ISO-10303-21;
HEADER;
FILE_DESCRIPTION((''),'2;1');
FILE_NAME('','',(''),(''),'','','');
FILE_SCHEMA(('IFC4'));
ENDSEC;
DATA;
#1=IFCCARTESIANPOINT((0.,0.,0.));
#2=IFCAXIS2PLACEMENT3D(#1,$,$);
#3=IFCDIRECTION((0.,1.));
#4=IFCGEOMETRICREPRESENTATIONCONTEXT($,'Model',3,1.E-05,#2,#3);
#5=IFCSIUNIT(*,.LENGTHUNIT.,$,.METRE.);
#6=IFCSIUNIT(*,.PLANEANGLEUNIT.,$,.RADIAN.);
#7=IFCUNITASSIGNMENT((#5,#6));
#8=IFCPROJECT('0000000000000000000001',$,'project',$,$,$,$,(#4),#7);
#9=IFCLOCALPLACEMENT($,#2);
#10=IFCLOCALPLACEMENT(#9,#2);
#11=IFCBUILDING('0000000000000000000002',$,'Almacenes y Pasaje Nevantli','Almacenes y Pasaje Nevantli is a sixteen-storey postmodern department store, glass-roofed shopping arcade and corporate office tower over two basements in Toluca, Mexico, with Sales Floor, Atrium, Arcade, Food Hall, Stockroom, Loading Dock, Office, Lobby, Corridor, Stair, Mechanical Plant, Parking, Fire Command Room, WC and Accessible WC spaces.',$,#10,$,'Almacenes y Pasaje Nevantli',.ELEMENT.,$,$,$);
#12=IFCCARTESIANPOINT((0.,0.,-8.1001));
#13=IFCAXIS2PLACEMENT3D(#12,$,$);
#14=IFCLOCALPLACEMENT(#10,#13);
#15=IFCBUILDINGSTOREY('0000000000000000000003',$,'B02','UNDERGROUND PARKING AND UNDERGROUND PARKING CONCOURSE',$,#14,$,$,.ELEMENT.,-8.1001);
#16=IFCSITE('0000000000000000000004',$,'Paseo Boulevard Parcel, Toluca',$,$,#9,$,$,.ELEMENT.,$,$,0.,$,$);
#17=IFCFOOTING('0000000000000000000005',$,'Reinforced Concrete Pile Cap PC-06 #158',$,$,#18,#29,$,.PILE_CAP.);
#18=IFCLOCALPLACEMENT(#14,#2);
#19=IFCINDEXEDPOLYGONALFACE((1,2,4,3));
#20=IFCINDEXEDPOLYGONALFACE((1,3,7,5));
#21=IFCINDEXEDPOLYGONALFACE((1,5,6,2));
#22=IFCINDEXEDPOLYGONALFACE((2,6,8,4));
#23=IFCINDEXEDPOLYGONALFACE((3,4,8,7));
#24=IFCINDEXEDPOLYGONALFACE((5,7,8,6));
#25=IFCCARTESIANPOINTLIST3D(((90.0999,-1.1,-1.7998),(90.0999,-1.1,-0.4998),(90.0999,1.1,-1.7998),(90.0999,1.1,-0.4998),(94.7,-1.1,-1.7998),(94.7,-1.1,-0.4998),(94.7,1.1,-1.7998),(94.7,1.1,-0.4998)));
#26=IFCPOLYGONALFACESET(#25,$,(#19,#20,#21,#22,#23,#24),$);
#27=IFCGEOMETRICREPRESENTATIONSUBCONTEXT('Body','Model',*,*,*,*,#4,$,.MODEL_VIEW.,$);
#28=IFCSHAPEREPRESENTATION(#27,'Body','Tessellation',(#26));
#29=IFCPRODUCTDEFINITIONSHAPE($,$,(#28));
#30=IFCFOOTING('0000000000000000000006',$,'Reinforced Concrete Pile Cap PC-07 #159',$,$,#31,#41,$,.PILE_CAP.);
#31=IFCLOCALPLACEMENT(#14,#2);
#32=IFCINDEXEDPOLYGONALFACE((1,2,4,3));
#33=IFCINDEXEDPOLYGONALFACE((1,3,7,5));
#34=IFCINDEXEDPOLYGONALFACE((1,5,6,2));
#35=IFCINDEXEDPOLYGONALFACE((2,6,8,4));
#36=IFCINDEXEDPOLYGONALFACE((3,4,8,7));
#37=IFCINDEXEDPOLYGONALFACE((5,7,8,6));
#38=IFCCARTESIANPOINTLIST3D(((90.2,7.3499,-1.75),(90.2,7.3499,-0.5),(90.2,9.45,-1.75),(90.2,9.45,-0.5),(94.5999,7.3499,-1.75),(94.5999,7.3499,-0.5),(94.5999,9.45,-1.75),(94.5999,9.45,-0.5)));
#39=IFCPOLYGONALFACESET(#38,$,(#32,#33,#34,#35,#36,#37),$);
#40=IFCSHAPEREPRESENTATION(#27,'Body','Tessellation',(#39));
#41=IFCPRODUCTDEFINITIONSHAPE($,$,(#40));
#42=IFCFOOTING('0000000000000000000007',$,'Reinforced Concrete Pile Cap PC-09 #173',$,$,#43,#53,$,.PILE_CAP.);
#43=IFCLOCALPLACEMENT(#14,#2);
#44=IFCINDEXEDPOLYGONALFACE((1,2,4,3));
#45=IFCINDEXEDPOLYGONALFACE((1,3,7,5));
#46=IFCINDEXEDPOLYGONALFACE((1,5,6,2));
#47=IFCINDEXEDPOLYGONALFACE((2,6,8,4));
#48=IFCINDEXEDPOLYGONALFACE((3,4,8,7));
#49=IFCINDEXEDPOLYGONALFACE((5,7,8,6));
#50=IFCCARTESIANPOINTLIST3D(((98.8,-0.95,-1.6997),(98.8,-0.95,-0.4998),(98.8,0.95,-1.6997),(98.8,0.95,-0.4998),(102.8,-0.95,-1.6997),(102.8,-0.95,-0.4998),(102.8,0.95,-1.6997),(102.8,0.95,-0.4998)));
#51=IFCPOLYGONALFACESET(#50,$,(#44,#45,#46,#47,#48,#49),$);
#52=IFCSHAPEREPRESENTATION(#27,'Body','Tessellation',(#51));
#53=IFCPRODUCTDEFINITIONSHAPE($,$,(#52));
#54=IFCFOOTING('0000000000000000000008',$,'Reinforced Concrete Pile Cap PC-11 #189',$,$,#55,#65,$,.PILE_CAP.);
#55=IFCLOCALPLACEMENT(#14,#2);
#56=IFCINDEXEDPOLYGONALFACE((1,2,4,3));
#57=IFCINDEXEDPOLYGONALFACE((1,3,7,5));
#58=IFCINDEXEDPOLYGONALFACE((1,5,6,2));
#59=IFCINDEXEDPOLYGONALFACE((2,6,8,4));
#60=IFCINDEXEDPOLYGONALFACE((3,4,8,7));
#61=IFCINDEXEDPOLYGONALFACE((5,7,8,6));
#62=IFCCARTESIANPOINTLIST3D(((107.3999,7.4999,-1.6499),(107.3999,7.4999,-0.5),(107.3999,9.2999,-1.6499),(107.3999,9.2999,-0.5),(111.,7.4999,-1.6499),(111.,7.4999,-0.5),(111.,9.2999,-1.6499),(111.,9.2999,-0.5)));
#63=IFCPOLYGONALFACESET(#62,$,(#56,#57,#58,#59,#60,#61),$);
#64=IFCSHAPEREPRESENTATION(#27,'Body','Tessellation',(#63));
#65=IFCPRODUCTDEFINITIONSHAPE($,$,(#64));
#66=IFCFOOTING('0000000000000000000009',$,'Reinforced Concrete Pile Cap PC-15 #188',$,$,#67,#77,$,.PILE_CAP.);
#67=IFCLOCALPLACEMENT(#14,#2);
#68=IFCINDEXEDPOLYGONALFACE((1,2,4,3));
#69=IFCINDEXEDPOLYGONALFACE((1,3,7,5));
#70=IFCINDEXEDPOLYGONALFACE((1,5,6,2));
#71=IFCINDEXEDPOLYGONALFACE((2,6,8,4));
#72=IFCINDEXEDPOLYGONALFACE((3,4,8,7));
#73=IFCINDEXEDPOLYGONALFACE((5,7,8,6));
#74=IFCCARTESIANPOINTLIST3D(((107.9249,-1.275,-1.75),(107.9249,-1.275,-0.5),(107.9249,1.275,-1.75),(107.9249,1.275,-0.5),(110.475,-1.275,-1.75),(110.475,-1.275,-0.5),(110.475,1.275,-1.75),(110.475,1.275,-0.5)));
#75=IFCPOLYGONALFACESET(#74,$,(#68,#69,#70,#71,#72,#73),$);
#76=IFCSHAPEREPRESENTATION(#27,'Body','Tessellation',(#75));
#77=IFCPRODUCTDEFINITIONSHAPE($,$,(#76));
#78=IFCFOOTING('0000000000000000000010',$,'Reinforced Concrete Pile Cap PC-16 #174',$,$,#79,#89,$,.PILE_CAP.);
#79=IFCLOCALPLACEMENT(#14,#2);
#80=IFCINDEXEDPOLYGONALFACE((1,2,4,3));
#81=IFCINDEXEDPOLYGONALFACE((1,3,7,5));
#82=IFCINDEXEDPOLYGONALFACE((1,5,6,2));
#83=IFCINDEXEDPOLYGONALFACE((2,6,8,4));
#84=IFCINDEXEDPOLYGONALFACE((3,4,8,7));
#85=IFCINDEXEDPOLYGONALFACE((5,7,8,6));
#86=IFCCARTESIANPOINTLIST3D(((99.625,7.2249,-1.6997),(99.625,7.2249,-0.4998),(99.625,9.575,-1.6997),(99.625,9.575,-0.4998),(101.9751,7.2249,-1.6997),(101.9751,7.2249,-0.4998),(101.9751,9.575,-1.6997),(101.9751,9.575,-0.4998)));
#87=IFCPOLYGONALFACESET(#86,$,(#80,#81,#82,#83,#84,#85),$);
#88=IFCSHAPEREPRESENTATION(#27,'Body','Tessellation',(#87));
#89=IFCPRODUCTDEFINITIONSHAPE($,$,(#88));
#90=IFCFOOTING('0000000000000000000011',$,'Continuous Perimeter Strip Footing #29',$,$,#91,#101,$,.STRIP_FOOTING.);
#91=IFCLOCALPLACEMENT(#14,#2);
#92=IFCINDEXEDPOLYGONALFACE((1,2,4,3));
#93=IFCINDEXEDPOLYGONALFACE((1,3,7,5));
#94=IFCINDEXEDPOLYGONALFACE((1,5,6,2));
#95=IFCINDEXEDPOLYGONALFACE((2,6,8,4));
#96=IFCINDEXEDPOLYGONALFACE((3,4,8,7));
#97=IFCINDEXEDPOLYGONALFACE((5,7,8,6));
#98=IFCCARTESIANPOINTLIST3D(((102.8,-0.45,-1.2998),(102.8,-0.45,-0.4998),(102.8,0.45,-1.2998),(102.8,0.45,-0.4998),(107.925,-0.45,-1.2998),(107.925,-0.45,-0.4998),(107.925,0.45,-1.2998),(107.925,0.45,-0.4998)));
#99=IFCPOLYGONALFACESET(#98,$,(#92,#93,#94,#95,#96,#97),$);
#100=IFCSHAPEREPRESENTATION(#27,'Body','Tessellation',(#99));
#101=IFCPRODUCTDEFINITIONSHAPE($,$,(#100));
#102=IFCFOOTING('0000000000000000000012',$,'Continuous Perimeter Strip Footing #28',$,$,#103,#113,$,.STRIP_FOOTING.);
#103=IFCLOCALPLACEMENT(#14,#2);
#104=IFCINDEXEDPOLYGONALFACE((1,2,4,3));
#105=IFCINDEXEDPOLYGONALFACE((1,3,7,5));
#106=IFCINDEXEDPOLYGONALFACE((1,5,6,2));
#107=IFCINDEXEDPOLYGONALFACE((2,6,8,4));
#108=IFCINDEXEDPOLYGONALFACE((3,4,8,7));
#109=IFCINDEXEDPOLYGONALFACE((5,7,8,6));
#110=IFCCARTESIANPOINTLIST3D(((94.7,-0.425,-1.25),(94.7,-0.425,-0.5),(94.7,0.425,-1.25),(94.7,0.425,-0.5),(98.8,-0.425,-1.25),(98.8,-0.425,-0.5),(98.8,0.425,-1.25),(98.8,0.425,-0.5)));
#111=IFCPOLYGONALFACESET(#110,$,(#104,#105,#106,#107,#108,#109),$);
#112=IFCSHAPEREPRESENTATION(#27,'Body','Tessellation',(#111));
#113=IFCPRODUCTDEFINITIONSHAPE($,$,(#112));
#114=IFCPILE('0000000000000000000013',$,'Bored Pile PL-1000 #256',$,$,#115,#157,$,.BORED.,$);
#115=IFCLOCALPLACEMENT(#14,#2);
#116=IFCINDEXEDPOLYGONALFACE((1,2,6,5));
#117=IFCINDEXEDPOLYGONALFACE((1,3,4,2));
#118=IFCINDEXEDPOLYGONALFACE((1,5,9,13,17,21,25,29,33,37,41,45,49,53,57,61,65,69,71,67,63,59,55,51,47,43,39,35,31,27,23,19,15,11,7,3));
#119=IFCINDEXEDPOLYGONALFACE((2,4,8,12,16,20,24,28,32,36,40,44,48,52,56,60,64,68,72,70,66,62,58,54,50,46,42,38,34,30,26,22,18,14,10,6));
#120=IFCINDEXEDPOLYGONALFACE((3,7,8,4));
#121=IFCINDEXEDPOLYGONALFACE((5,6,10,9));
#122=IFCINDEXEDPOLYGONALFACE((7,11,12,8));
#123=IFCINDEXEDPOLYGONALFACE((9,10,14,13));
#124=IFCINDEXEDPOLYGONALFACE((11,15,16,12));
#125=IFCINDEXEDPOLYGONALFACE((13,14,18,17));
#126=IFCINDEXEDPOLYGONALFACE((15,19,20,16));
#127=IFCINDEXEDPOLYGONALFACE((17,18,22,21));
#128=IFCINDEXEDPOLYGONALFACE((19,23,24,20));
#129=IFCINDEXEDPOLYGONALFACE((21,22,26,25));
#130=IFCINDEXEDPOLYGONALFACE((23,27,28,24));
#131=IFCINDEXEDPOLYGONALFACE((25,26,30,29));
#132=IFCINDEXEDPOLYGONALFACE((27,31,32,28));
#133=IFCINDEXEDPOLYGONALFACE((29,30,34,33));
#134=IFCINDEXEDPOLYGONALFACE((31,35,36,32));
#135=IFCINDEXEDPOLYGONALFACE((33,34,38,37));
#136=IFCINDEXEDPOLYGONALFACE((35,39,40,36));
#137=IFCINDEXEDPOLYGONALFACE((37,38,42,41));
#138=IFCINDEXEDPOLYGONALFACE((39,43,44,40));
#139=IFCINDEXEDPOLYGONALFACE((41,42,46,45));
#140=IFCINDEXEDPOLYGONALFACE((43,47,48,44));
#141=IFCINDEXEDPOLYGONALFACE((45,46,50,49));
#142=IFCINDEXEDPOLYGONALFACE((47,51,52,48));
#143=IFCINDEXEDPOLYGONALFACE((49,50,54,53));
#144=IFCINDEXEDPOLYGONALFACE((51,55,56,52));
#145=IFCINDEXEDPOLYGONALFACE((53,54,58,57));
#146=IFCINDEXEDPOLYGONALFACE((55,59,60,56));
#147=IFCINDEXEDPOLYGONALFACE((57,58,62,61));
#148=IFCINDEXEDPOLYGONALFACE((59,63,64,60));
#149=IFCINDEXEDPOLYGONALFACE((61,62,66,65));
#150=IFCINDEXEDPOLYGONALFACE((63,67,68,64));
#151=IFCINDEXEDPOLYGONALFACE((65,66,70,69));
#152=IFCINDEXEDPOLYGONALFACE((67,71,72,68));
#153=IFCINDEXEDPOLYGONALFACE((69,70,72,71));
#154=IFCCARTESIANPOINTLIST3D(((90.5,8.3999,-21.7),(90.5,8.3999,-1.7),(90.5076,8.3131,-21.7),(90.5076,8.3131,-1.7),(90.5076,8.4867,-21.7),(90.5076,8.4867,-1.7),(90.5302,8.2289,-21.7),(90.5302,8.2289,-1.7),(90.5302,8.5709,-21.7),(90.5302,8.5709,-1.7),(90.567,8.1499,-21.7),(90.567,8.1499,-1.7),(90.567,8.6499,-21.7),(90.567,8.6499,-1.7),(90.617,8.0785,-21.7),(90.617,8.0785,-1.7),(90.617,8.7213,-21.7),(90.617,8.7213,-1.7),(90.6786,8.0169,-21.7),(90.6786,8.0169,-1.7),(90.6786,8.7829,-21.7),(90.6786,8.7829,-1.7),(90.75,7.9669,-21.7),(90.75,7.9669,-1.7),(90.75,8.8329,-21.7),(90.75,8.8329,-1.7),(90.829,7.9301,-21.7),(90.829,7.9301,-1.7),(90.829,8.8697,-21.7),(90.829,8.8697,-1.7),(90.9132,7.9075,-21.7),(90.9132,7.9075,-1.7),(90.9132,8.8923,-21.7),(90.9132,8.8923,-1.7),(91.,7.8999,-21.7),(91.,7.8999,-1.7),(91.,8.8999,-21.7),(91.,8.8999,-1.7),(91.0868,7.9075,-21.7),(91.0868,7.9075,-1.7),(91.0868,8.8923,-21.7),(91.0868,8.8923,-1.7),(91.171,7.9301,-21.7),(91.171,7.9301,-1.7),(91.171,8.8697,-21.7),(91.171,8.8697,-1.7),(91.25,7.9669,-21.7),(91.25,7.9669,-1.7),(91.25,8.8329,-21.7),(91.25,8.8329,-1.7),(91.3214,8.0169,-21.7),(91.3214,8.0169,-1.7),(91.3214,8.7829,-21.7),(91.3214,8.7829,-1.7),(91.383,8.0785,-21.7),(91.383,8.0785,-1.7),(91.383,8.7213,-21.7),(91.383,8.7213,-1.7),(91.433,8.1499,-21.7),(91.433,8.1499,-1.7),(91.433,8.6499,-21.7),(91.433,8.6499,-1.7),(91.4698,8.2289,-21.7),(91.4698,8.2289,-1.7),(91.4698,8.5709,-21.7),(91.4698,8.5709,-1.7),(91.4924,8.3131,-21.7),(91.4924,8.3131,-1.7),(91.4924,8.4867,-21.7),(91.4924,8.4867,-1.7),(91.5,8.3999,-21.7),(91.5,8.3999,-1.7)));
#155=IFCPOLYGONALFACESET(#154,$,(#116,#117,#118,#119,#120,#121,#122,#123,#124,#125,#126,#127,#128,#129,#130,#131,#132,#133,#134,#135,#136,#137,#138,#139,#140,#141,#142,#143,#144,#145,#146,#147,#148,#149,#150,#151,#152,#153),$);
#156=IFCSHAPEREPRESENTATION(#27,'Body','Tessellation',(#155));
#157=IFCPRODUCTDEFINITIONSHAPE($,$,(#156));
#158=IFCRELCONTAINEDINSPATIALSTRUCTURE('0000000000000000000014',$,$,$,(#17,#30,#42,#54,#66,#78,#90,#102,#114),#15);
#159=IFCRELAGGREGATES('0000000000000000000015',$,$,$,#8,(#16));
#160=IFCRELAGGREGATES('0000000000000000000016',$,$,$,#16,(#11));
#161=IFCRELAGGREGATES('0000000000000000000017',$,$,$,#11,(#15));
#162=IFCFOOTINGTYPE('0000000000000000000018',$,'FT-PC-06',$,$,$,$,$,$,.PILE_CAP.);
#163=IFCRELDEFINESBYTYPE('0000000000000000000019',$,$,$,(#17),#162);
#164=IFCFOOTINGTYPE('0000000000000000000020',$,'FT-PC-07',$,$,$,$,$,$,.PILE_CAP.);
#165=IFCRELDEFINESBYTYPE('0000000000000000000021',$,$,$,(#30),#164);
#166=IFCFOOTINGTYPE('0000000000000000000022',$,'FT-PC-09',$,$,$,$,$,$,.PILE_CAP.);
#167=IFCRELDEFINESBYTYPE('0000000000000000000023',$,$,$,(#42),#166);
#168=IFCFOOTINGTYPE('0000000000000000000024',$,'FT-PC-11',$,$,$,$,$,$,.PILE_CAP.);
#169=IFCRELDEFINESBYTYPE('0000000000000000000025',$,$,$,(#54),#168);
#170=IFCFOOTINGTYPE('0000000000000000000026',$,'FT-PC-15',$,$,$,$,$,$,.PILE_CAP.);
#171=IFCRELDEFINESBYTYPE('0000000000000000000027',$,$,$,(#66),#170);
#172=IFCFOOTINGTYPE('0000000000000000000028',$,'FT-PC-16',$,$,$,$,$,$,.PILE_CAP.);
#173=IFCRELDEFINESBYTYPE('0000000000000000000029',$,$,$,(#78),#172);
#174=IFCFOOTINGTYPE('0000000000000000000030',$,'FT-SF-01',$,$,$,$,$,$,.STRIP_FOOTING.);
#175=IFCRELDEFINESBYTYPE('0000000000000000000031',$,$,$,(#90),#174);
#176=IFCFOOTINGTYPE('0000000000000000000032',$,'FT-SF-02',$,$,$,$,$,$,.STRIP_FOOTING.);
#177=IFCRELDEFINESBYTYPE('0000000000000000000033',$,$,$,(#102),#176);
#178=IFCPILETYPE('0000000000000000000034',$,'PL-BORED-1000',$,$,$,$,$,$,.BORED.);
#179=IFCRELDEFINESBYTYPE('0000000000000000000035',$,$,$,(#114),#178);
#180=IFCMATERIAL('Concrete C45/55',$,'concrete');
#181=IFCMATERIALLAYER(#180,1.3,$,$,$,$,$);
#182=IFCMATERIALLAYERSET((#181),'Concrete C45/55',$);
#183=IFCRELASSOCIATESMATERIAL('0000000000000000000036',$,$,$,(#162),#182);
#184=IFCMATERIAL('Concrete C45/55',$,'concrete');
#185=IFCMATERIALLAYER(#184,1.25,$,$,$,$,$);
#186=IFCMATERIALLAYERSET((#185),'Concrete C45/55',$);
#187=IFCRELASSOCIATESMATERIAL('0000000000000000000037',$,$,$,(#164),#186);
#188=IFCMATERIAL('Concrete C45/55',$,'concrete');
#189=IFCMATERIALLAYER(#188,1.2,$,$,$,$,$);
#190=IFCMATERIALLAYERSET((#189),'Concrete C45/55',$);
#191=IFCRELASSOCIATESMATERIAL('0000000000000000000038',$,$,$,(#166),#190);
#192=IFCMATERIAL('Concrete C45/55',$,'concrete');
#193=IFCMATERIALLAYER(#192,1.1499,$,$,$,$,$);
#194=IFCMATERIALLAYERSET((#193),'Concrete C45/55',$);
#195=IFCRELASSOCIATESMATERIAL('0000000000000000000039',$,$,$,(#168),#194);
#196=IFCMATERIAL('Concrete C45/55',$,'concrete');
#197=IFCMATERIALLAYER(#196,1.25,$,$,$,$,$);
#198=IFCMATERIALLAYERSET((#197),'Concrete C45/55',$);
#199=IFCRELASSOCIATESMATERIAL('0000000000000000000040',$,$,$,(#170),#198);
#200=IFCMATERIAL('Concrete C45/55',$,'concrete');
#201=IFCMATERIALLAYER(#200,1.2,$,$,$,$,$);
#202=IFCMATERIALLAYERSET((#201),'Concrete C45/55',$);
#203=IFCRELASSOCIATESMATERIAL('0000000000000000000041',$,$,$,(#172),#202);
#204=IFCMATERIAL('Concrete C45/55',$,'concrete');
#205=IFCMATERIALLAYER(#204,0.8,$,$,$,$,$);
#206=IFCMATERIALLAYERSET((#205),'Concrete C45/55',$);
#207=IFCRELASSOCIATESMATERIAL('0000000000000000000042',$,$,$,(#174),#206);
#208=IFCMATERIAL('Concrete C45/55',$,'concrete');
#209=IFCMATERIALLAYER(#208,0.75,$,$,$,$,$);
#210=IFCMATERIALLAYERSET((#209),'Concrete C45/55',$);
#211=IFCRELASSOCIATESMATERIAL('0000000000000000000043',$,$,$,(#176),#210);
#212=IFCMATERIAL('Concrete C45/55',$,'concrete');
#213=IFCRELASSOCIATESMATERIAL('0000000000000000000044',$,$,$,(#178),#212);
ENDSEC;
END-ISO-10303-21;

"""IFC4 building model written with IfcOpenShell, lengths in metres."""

from ifc_helpers import new_model, si_unit, direction, frame, origin, origin_2d, place, context, subcontext, project, spatial, rectangle, circle, extrude, material, layer, layer_set, material_profile, profile_set, type_object, element, save


model = new_model("IFC4")

# Units and contexts
model_context = context("Model", 3, precision=1e-05, world=origin(), true_north=direction((0.0, 1.0)))
body_context = subcontext(model_context, "Body", "Model", "MODEL_VIEW")
ifc_project = project(units=[si_unit("LENGTHUNIT", "METRE"), si_unit("PLANEANGLEUNIT", "RADIAN")], contexts=[model_context])

# Site, building, storey
site_placement = place(None, origin())
site = spatial("IfcSite", under=ifc_project, at=site_placement, Name="Paseo Boulevard Parcel, Toluca", CompositionType="ELEMENT", RefElevation=0.0)
building_placement = place(site_placement, origin())
building = spatial("IfcBuilding", under=site, at=building_placement, Name="Almacenes y Pasaje Nevantli", Description="Almacenes y Pasaje Nevantli is a sixteen-storey postmodern department store, glass-roofed shopping arcade and corporate office tower over two basements in Toluca, Mexico, with Sales Floor, Atrium, Arcade, Food Hall, Stockroom, Loading Dock, Office, Lobby, Corridor, Stair, Mechanical Plant, Parking, Fire Command Room, WC and Accessible WC spaces.", LongName="Almacenes y Pasaje Nevantli", CompositionType="ELEMENT")
storey_placement = place(building_placement, frame((0.0, 0.0, -8.1001)))
storey = spatial("IfcBuildingStorey", under=building, at=storey_placement, Name="B02", Description="UNDERGROUND PARKING AND UNDERGROUND PARKING CONCOURSE", CompositionType="ELEMENT", Elevation=-8.1001)

# Footings
ifc_material_1 = material(Name="Concrete C45/55", Category="concrete")
ifc_layer_1 = layer(ifc_material_1, 1.3)
ifc_layer_set_1 = layer_set([ifc_layer_1], Name="Concrete C45/55")
footing_type_1 = type_object("IfcFootingType", Name="FT-PC-06", PredefinedType="PILE_CAP", material=ifc_layer_set_1)
footing_1_placement = place(storey_placement, frame((92.3999, 0.0, -1.7998), z_axis=(0.0, 0.0, 1.0), x_axis=(1.0, 0.0, 0.0)))
element("IfcFooting", 1, at=footing_1_placement, inside=storey, type_object=footing_type_1, Name="Reinforced Concrete Pile Cap PC-06 #158", PredefinedType="PILE_CAP", context=body_context, shape_type="SweptSolid", body=[
    extrude(rectangle(XDim=4.6001, YDim=2.2, at=origin_2d()), origin(), (0.0, 0.0, 1.0), 1.3),
])
ifc_material_2 = material(Name="Concrete C45/55", Category="concrete")
ifc_layer_2 = layer(ifc_material_2, 1.25)
ifc_layer_set_2 = layer_set([ifc_layer_2], Name="Concrete C45/55")
footing_type_2 = type_object("IfcFootingType", Name="FT-PC-07", PredefinedType="PILE_CAP", material=ifc_layer_set_2)
footing_2_placement = place(storey_placement, frame((92.3999, 8.3999, -1.75), z_axis=(0.0, 0.0, 1.0), x_axis=(1.0, 0.0, 0.0)))
element("IfcFooting", 2, at=footing_2_placement, inside=storey, type_object=footing_type_2, Name="Reinforced Concrete Pile Cap PC-07 #159", PredefinedType="PILE_CAP", context=body_context, shape_type="SweptSolid", body=[
    extrude(rectangle(XDim=4.3999, YDim=2.1001, at=origin_2d()), origin(), (0.0, 0.0, 1.0), 1.25),
])
ifc_material_3 = material(Name="Concrete C45/55", Category="concrete")
ifc_layer_3 = layer(ifc_material_3, 1.2)
ifc_layer_set_3 = layer_set([ifc_layer_3], Name="Concrete C45/55")
footing_type_3 = type_object("IfcFootingType", Name="FT-PC-09", PredefinedType="PILE_CAP", material=ifc_layer_set_3)
footing_3_placement = place(storey_placement, frame((100.8, 0.0, -1.6997), z_axis=(0.0, 0.0, 1.0), x_axis=(1.0, 0.0, 0.0)))
element("IfcFooting", 3, at=footing_3_placement, inside=storey, type_object=footing_type_3, Name="Reinforced Concrete Pile Cap PC-09 #173", PredefinedType="PILE_CAP", context=body_context, shape_type="SweptSolid", body=[
    extrude(rectangle(XDim=4.0, YDim=1.8999, at=origin_2d()), origin(), (0.0, 0.0, 1.0), 1.2),
])
ifc_material_4 = material(Name="Concrete C45/55", Category="concrete")
ifc_layer_4 = layer(ifc_material_4, 1.1499)
ifc_layer_set_4 = layer_set([ifc_layer_4], Name="Concrete C45/55")
footing_type_4 = type_object("IfcFootingType", Name="FT-PC-11", PredefinedType="PILE_CAP", material=ifc_layer_set_4)
footing_4_placement = place(storey_placement, frame((109.2, 8.3999, -1.6499), z_axis=(0.0, 0.0, 1.0), x_axis=(1.0, 0.0, 0.0)))
element("IfcFooting", 4, at=footing_4_placement, inside=storey, type_object=footing_type_4, Name="Reinforced Concrete Pile Cap PC-11 #189", PredefinedType="PILE_CAP", context=body_context, shape_type="SweptSolid", body=[
    extrude(rectangle(XDim=3.6001, YDim=1.8, at=origin_2d()), origin(), (0.0, 0.0, 1.0), 1.1499),
])
ifc_material_5 = material(Name="Concrete C45/55", Category="concrete")
ifc_layer_5 = layer(ifc_material_5, 1.25)
ifc_layer_set_5 = layer_set([ifc_layer_5], Name="Concrete C45/55")
footing_type_5 = type_object("IfcFootingType", Name="FT-PC-15", PredefinedType="PILE_CAP", material=ifc_layer_set_5)
footing_5_placement = place(storey_placement, frame((109.2, 0.0, -1.75), z_axis=(0.0, 0.0, 1.0), x_axis=(1.0, 0.0, 0.0)))
element("IfcFooting", 5, at=footing_5_placement, inside=storey, type_object=footing_type_5, Name="Reinforced Concrete Pile Cap PC-15 #188", PredefinedType="PILE_CAP", context=body_context, shape_type="SweptSolid", body=[
    extrude(rectangle(XDim=2.55, YDim=2.55, at=origin_2d()), origin(), (0.0, 0.0, 1.0), 1.25),
])
ifc_material_6 = material(Name="Concrete C45/55", Category="concrete")
ifc_layer_6 = layer(ifc_material_6, 1.2)
ifc_layer_set_6 = layer_set([ifc_layer_6], Name="Concrete C45/55")
footing_type_6 = type_object("IfcFootingType", Name="FT-PC-16", PredefinedType="PILE_CAP", material=ifc_layer_set_6)
footing_6_placement = place(storey_placement, frame((100.8, 8.3999, -1.6997), z_axis=(0.0, 0.0, 1.0), x_axis=(1.0, 0.0, 0.0)))
element("IfcFooting", 6, at=footing_6_placement, inside=storey, type_object=footing_type_6, Name="Reinforced Concrete Pile Cap PC-16 #174", PredefinedType="PILE_CAP", context=body_context, shape_type="SweptSolid", body=[
    extrude(rectangle(XDim=2.3501, YDim=2.3501, at=origin_2d()), origin(), (0.0, 0.0, 1.0), 1.2),
])
ifc_material_7 = material(Name="Concrete C45/55", Category="concrete")
ifc_layer_7 = layer(ifc_material_7, 0.8)
ifc_layer_set_7 = layer_set([ifc_layer_7], Name="Concrete C45/55")
footing_type_7 = type_object("IfcFootingType", Name="FT-SF-01", PredefinedType="STRIP_FOOTING", material=ifc_layer_set_7)
footing_7_placement = place(storey_placement, frame((105.3625, 0.0, -1.2998), z_axis=(0.0, 0.0, 1.0), x_axis=(1.0, 0.0, 0.0)))
element("IfcFooting", 7, at=footing_7_placement, inside=storey, type_object=footing_type_7, Name="Continuous Perimeter Strip Footing #29", PredefinedType="STRIP_FOOTING", context=body_context, shape_type="SweptSolid", body=[
    extrude(rectangle(XDim=5.125, YDim=0.8999, at=origin_2d()), origin(), (0.0, 0.0, 1.0), 0.8),
])
ifc_material_8 = material(Name="Concrete C45/55", Category="concrete")
ifc_layer_8 = layer(ifc_material_8, 0.75)
ifc_layer_set_8 = layer_set([ifc_layer_8], Name="Concrete C45/55")
footing_type_8 = type_object("IfcFootingType", Name="FT-SF-02", PredefinedType="STRIP_FOOTING", material=ifc_layer_set_8)
footing_8_placement = place(storey_placement, frame((96.75, 0.0, -1.25), z_axis=(0.0, 0.0, 1.0), x_axis=(1.0, 0.0, 0.0)))
element("IfcFooting", 8, at=footing_8_placement, inside=storey, type_object=footing_type_8, Name="Continuous Perimeter Strip Footing #28", PredefinedType="STRIP_FOOTING", context=body_context, shape_type="SweptSolid", body=[
    extrude(rectangle(XDim=4.1001, YDim=0.8501, at=origin_2d()), origin(), (0.0, 0.0, 1.0), 0.75),
])

# Pile
ifc_material_9 = material(Name="Concrete C45/55", Category="concrete")
ifc_material_profile_1 = material_profile(ifc_material_9, circle(Radius=0.5, at=origin_2d()), Name="RC-PILE-D1000")
ifc_profile_set_1 = profile_set([ifc_material_profile_1], Name="Concrete C45/55")
pile_type_1 = type_object("IfcPileType", Name="PL-BORED-1000", PredefinedType="BORED", material=ifc_profile_set_1)
for number, where, z_axis, x_axis, name in (
    (9, (91.0, 8.3999, -1.7), (0.0, 0.0, -1.0), (1.0, 0.0, 0.0), "Bored Pile PL-1000 #256"),
):
    element("IfcPile", number, at=place(storey_placement, frame(where, z_axis=z_axis, x_axis=x_axis)), inside=storey, type_object=pile_type_1, Name=name, PredefinedType="BORED", context=body_context, shape_type="SweptSolid", body=[
        extrude(circle(Radius=0.5, at=origin_2d()), origin(), (0.0, 0.0, 1.0), 20.0),
    ])

save(model, "model.ifc")
